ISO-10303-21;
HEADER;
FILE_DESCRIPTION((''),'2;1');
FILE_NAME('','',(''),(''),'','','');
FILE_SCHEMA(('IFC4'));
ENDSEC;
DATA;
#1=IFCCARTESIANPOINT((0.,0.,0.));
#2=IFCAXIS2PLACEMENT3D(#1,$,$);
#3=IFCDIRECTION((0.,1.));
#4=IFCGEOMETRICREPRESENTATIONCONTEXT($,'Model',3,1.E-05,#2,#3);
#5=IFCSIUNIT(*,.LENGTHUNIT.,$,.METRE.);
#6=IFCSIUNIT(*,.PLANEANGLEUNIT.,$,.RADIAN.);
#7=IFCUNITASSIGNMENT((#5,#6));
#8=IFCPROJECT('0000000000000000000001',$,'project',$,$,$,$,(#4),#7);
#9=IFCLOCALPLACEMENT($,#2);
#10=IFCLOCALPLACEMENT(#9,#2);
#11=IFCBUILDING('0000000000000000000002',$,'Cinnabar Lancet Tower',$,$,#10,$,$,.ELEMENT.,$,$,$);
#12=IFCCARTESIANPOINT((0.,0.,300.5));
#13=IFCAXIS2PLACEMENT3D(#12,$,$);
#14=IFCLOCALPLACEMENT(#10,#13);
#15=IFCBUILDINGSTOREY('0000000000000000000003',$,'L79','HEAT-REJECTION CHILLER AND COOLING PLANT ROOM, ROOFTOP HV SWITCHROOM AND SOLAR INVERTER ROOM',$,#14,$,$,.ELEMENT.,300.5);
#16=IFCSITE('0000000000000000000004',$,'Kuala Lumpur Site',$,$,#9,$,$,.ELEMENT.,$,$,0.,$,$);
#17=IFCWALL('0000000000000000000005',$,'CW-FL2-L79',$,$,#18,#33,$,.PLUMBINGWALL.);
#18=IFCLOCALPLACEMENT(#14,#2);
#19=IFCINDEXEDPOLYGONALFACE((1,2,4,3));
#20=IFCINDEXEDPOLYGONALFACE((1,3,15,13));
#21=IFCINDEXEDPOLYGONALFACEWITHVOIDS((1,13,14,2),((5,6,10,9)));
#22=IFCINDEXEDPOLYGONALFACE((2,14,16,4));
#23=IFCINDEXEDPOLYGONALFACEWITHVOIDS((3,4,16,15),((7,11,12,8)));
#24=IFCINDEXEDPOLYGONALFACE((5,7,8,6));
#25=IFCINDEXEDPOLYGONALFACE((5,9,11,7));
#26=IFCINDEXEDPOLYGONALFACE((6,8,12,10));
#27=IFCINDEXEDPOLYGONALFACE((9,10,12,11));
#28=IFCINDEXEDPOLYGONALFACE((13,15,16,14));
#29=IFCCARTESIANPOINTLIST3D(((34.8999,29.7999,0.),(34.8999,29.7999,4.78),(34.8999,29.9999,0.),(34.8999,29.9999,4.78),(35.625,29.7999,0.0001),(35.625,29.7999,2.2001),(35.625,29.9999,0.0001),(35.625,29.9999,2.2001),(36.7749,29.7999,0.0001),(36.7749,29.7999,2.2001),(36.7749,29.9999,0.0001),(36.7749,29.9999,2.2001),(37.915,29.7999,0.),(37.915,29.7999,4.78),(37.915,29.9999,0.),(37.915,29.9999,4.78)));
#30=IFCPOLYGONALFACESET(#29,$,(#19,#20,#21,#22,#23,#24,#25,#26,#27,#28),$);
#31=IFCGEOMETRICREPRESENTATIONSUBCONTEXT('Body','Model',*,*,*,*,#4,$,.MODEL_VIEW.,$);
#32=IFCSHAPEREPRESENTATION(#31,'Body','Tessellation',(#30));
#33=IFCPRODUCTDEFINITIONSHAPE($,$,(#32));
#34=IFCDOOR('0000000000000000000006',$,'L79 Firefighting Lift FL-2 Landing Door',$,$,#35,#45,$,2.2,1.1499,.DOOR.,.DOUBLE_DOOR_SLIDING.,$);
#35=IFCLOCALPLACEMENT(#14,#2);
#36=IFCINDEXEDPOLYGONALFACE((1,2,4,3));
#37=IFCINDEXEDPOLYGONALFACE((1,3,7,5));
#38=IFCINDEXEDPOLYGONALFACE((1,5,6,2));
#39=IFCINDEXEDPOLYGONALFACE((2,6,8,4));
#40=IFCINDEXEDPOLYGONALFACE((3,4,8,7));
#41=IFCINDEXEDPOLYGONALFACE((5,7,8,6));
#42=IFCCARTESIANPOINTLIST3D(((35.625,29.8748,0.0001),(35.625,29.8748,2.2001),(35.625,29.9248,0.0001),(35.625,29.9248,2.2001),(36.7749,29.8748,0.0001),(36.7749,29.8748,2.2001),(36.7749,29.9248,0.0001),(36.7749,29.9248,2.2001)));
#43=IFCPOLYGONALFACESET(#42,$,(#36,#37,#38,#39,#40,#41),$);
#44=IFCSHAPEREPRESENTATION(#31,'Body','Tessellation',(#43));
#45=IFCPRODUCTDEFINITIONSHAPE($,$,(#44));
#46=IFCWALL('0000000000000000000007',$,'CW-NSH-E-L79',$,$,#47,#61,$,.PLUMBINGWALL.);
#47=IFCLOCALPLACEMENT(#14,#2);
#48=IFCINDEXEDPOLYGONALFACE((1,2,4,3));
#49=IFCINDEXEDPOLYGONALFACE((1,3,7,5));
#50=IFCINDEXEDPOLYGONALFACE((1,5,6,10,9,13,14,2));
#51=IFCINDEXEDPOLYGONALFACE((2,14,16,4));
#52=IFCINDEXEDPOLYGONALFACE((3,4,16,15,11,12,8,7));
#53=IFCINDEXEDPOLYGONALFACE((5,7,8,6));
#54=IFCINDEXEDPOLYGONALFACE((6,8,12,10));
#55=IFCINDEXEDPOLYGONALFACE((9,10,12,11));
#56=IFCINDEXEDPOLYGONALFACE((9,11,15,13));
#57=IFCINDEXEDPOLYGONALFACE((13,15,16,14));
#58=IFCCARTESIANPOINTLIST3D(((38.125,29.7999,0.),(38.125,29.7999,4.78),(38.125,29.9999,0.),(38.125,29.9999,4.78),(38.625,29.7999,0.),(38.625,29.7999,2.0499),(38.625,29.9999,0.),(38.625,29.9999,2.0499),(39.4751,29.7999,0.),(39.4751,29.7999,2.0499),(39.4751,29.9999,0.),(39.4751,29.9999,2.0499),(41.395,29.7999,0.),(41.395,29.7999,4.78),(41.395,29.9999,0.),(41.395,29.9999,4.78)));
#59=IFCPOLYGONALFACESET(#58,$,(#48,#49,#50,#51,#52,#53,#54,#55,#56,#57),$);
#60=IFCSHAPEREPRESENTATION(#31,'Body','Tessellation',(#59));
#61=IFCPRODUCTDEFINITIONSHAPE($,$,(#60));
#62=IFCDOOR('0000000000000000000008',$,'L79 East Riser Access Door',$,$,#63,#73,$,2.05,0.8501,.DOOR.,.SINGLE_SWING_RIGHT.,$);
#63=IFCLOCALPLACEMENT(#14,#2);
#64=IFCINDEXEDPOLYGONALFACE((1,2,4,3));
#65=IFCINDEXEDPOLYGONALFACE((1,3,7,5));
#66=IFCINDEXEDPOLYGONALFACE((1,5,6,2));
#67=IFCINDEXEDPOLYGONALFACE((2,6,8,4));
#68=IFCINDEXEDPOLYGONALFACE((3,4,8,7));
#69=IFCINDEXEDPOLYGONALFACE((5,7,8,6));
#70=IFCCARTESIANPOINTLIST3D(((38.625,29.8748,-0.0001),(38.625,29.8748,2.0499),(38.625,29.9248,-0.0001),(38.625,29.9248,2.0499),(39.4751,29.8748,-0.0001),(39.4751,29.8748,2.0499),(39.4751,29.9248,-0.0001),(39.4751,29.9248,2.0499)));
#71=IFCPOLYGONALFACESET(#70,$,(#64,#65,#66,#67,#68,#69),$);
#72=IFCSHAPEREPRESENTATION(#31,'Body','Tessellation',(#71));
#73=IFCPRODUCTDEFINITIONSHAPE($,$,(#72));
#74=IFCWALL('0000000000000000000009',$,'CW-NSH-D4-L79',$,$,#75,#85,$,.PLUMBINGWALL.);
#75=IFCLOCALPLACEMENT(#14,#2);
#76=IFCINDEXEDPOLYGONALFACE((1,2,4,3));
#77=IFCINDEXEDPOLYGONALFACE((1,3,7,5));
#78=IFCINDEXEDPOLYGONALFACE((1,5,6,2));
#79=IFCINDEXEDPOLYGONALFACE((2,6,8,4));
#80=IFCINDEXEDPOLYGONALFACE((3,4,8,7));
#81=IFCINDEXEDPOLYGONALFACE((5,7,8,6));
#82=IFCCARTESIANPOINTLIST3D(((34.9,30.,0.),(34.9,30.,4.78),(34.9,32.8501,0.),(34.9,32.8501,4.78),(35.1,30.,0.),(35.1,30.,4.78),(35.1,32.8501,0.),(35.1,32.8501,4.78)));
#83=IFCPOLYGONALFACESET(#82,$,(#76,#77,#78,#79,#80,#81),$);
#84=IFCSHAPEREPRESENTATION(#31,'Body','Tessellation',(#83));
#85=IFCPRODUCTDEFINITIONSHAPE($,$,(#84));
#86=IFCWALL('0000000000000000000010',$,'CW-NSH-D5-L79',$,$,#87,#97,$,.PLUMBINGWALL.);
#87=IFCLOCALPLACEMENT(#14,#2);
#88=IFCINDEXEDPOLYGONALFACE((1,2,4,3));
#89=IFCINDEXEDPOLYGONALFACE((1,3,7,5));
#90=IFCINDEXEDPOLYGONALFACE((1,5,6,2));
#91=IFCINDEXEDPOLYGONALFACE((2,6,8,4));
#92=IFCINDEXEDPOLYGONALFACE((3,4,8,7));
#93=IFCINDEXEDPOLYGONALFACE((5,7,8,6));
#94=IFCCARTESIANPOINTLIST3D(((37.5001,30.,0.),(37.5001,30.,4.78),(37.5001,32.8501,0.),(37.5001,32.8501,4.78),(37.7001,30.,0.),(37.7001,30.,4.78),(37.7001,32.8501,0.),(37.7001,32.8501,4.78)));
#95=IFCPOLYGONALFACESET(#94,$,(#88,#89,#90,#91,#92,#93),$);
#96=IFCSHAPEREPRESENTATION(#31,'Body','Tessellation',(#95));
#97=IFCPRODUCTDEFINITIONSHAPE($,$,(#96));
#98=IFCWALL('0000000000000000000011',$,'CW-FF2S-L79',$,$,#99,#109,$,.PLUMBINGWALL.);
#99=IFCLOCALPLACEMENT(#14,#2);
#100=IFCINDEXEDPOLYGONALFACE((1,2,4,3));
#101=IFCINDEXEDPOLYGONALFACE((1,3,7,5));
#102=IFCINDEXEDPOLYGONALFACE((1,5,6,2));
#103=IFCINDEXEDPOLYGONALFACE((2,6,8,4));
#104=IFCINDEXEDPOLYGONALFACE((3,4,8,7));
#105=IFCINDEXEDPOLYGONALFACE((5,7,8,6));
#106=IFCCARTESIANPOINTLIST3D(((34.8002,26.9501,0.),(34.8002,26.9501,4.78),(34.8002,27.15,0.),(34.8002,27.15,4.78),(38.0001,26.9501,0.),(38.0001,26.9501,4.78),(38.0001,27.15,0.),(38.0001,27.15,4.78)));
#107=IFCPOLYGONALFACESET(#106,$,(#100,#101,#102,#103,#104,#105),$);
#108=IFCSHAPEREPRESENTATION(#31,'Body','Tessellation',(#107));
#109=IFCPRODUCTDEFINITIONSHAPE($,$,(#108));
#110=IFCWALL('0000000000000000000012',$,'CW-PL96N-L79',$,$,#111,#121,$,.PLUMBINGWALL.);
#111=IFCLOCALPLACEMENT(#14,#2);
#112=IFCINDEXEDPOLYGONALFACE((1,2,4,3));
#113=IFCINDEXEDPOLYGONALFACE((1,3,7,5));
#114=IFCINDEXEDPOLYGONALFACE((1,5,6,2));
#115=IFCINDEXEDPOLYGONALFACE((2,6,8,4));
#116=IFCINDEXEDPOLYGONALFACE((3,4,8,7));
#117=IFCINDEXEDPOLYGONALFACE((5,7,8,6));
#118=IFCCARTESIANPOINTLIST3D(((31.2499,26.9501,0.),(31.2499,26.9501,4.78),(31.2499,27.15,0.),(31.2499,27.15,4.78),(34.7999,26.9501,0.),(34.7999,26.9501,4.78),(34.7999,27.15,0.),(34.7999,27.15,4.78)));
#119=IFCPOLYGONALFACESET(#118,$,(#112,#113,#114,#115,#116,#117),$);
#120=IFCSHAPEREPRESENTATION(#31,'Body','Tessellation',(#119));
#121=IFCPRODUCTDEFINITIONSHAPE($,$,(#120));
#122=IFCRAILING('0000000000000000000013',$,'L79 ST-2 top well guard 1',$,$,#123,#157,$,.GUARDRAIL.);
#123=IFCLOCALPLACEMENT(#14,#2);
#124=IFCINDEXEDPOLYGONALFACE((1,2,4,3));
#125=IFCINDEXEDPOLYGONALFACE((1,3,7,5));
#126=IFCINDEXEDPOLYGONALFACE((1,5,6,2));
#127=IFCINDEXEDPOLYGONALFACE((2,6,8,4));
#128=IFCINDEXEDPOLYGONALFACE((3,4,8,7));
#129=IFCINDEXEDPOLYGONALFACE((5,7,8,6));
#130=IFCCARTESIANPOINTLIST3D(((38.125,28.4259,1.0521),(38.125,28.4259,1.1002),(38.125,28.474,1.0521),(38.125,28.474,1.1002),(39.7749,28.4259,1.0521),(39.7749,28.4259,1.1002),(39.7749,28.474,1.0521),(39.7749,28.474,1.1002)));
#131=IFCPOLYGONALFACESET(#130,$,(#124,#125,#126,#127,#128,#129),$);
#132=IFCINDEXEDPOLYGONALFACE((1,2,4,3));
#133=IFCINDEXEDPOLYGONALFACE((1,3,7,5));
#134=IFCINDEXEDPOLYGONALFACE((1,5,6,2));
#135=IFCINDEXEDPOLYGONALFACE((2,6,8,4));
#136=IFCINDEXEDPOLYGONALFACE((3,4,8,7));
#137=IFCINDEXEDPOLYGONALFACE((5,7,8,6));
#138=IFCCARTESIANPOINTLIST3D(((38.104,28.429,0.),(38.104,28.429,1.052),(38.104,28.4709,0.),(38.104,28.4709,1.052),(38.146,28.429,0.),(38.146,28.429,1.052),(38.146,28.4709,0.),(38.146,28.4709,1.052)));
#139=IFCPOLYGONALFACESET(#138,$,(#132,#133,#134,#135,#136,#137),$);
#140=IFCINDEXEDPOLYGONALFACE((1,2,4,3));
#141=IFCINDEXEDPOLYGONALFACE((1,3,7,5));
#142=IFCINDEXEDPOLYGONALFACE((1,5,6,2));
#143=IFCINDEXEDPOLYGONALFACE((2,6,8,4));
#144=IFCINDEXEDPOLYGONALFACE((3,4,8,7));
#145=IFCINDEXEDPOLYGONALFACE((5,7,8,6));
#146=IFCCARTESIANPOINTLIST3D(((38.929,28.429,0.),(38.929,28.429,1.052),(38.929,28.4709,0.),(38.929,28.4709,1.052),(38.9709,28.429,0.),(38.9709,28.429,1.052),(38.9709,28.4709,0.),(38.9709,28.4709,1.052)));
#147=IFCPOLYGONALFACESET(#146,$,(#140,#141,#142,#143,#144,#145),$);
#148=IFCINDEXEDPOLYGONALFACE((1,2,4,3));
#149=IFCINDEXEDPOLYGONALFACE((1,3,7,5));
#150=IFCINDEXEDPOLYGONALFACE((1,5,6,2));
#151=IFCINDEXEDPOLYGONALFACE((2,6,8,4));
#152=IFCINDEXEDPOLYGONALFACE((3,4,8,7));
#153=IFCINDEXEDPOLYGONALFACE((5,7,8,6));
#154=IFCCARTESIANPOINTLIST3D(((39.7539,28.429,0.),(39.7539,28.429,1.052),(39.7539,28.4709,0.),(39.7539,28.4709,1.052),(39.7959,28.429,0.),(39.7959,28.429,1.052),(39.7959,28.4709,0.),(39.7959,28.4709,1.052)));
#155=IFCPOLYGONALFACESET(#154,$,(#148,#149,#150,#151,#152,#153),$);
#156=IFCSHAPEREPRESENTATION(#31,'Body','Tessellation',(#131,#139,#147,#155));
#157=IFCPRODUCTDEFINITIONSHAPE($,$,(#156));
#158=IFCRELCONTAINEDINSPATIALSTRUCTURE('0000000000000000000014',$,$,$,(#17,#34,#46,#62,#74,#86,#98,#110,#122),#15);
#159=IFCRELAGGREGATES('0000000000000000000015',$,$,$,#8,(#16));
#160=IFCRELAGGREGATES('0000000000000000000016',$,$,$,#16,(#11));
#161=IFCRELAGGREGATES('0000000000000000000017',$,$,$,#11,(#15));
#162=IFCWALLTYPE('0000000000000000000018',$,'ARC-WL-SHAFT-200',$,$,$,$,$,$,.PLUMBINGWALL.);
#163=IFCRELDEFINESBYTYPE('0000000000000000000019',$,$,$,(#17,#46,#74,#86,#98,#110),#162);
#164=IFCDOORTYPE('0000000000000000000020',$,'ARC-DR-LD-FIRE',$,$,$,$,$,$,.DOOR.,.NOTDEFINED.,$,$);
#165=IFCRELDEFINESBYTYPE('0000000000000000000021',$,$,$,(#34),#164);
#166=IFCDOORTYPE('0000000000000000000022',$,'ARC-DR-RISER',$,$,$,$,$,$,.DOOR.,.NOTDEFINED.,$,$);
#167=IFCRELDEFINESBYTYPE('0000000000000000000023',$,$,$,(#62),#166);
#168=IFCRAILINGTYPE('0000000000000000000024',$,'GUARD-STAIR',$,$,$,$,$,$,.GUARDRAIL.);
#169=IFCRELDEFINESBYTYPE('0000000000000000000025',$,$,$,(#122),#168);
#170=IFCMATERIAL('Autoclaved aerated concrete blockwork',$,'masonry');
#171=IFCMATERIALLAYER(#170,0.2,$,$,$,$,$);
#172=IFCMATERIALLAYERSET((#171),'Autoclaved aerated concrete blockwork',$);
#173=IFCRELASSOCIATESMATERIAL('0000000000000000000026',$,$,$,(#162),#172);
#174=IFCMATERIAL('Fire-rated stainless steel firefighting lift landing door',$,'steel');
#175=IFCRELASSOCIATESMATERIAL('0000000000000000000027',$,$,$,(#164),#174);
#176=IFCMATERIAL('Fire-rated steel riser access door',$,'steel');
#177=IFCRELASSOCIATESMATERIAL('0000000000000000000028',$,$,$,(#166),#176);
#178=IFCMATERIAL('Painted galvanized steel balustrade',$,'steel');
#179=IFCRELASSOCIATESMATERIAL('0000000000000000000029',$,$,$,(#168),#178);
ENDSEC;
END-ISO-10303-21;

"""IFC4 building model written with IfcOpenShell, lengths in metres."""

from ifc_helpers import new_model, si_unit, direction, frame, frame_2d, origin, origin_2d, place, context, subcontext, project, spatial, rectangle, extrude, material, layer, layer_set, type_object, element, fill, save


model = new_model("IFC4")

# Units and contexts
model_context = context("Model", 3, precision=1e-05, world=origin(), true_north=direction((0.0, 1.0)))
body_context = subcontext(model_context, "Body", "Model", "MODEL_VIEW")
ifc_project = project(units=[si_unit("LENGTHUNIT", "METRE"), si_unit("PLANEANGLEUNIT", "RADIAN")], contexts=[model_context])

# Site, building, storey
site_placement = place(None, origin())
site = spatial("IfcSite", under=ifc_project, at=site_placement, Name="Kuala Lumpur Site", CompositionType="ELEMENT", RefElevation=0.0)
building_placement = place(site_placement, origin())
building = spatial("IfcBuilding", under=site, at=building_placement, Name="Cinnabar Lancet Tower", CompositionType="ELEMENT")
storey_placement = place(building_placement, frame((0.0, 0.0, 300.5)))
storey = spatial("IfcBuildingStorey", under=building, at=storey_placement, Name="L79", Description="HEAT-REJECTION CHILLER AND COOLING PLANT ROOM, ROOFTOP HV SWITCHROOM AND SOLAR INVERTER ROOM", CompositionType="ELEMENT", Elevation=300.5)

# Walls, openings, doors
ifc_material_1 = material(Name="Autoclaved aerated concrete blockwork", Category="masonry")
ifc_layer = layer(ifc_material_1, 0.2)
ifc_layer_set = layer_set([ifc_layer], Name="Autoclaved aerated concrete blockwork")
wall_type = type_object("IfcWallType", Name="ARC-WL-SHAFT-200", PredefinedType="PLUMBINGWALL", material=ifc_layer_set)
wall_1_placement = place(storey_placement, frame((34.8999, 29.8999, 0.0), z_axis=(0.0, 0.0, 1.0), x_axis=(1.0, 0.0, 0.0)))
wall_1 = element("IfcWall", 1, at=wall_1_placement, inside=storey, type_object=wall_type, Name="CW-FL2-L79", PredefinedType="PLUMBINGWALL", context=body_context, shape_type="SweptSolid", body=[
    extrude(rectangle(XDim=3.0151, YDim=0.2, at=frame_2d((1.5076, 0.0))), origin(), (0.0, 0.0, 1.0), 4.78),
])
opening_1_placement = place(wall_1_placement, frame((0.7251, 0.0, 0.0)))
opening_1 = element("IfcOpeningElement", 2, at=opening_1_placement, cuts=wall_1, PredefinedType="OPENING", context=body_context, shape_type="SweptSolid", body=[
    extrude(rectangle(XDim=1.1499, YDim=2.2, at=frame_2d((0.575, 1.1001))), frame((0.0, 0.1099, 0.0), z_axis=(0.0, -1.0, 0.0), x_axis=(1.0, 0.0, 0.0)), (0.0, 0.0, 1.0), 0.22),
])
ifc_material_2 = material(Name="Fire-rated stainless steel firefighting lift landing door", Category="steel")
door_type_1 = type_object("IfcDoorType", Name="ARC-DR-LD-FIRE", OperationType="NOTDEFINED", PredefinedType="DOOR", material=ifc_material_2)
door_1_placement = place(opening_1_placement, origin())
door_1 = element("IfcDoor", 3, at=door_1_placement, inside=storey, type_object=door_type_1, Name="L79 Firefighting Lift FL-2 Landing Door", OperationType="DOUBLE_DOOR_SLIDING", OverallHeight=2.2, OverallWidth=1.1499, PredefinedType="DOOR", context=body_context, shape_type="SweptSolid", body=[
    extrude(rectangle(XDim=1.1499, YDim=2.2, at=frame_2d((0.575, 1.1001))), frame((0.0, 0.0249, 0.0), z_axis=(0.0, -1.0, 0.0), x_axis=(1.0, 0.0, 0.0)), (0.0, 0.0, 1.0), 0.05),
])
fill(opening_1, door_1)
wall_2_placement = place(storey_placement, frame((38.125, 29.8999, 0.0), z_axis=(0.0, 0.0, 1.0), x_axis=(1.0, 0.0, 0.0)))
wall_2 = element("IfcWall", 4, at=wall_2_placement, inside=storey, type_object=wall_type, Name="CW-NSH-E-L79", PredefinedType="PLUMBINGWALL", context=body_context, shape_type="SweptSolid", body=[
    extrude(rectangle(XDim=3.27, YDim=0.2, at=frame_2d((1.635, 0.0))), origin(), (0.0, 0.0, 1.0), 4.78),
])
opening_2_placement = place(wall_2_placement, frame((0.5, 0.0, 0.0)))
opening_2 = element("IfcOpeningElement", 5, at=opening_2_placement, cuts=wall_2, PredefinedType="OPENING", context=body_context, shape_type="SweptSolid", body=[
    extrude(rectangle(XDim=0.8501, YDim=2.05, at=frame_2d((0.425, 1.0249))), frame((0.0, 0.1099, 0.0), z_axis=(0.0, -1.0, 0.0), x_axis=(1.0, 0.0, 0.0)), (0.0, 0.0, 1.0), 0.22),
])
ifc_material_3 = material(Name="Fire-rated steel riser access door", Category="steel")
door_type_2 = type_object("IfcDoorType", Name="ARC-DR-RISER", OperationType="NOTDEFINED", PredefinedType="DOOR", material=ifc_material_3)
door_2_placement = place(opening_2_placement, origin())
door_2 = element("IfcDoor", 6, at=door_2_placement, inside=storey, type_object=door_type_2, Name="L79 East Riser Access Door", OperationType="SINGLE_SWING_RIGHT", OverallHeight=2.05, OverallWidth=0.8501, PredefinedType="DOOR", context=body_context, shape_type="SweptSolid", body=[
    extrude(rectangle(XDim=0.8501, YDim=2.05, at=frame_2d((0.425, 1.0249))), frame((0.0, 0.0249, 0.0), z_axis=(0.0, -1.0, 0.0), x_axis=(1.0, 0.0, 0.0)), (0.0, 0.0, 1.0), 0.05),
])
fill(opening_2, door_2)

# Walls
for number, where, z_axis, x_axis, name in (
    (7, (35.0, 30.0, 0.0), (0.0, 0.0, 1.0), (0.0, 1.0, 0.0), "CW-NSH-D4-L79"),
    (8, (37.6001, 30.0, 0.0), (0.0, 0.0, 1.0), (0.0, 1.0, 0.0), "CW-NSH-D5-L79"),
):
    element("IfcWall", number, at=place(storey_placement, frame(where, z_axis=z_axis, x_axis=x_axis)), inside=storey, type_object=wall_type, Name=name, PredefinedType="PLUMBINGWALL", context=body_context, shape_type="SweptSolid", body=[
        extrude(rectangle(XDim=2.8501, YDim=0.2, at=frame_2d((1.425, 0.0))), origin(), (0.0, 0.0, 1.0), 4.78),
    ])

# Walls
wall_3_placement = place(storey_placement, frame((34.8, 27.05, 0.0), z_axis=(0.0, 0.0, 1.0), x_axis=(1.0, 0.0, 0.0)))
element("IfcWall", 9, at=wall_3_placement, inside=storey, type_object=wall_type, Name="CW-FF2S-L79", PredefinedType="PLUMBINGWALL", context=body_context, shape_type="SweptSolid", body=[
    extrude(rectangle(XDim=3.2, YDim=0.2, at=frame_2d((1.6001, 0.0))), origin(), (0.0, 0.0, 1.0), 4.78),
])
wall_4_placement = place(storey_placement, frame((31.25, 27.05, 0.0), z_axis=(0.0, 0.0, 1.0), x_axis=(1.0, 0.0, 0.0)))
element("IfcWall", 10, at=wall_4_placement, inside=storey, type_object=wall_type, Name="CW-PL96N-L79", PredefinedType="PLUMBINGWALL", context=body_context, shape_type="SweptSolid", body=[
    extrude(rectangle(XDim=3.55, YDim=0.2, at=frame_2d((1.7749, 0.0))), origin(), (0.0, 0.0, 1.0), 4.78),
])

# Railing
ifc_material_4 = material(Name="Painted galvanized steel balustrade", Category="steel")
railing_type = type_object("IfcRailingType", Name="GUARD-STAIR", PredefinedType="GUARDRAIL", material=ifc_material_4)
railing_placement = place(storey_placement, frame((38.125, 28.45, 0.0)))
element("IfcRailing", 11, at=railing_placement, inside=storey, type_object=railing_type, Name="L79 ST-2 top well guard 1", PredefinedType="GUARDRAIL", context=body_context, shape_type="SweptSolid", body=[
    extrude(rectangle(XDim=0.0481, YDim=0.0481, at=origin_2d()), frame((0.0, 0.0, 1.0762), z_axis=(1.0, 0.0, 0.0), x_axis=(0.0, 1.0, 0.0)), (0.0, 0.0, 1.0), 1.6499),
    extrude(rectangle(XDim=0.042, YDim=0.042, at=origin_2d()), origin(), (0.0, 0.0, 1.0), 1.052),
    extrude(rectangle(XDim=0.042, YDim=0.042, at=origin_2d()), frame((0.825, 0.0, 0.0)), (0.0, 0.0, 1.0), 1.052),
    extrude(rectangle(XDim=0.042, YDim=0.042, at=origin_2d()), frame((1.6499, 0.0, 0.0)), (0.0, 0.0, 1.0), 1.052),
])

save(model, "model.ifc")
